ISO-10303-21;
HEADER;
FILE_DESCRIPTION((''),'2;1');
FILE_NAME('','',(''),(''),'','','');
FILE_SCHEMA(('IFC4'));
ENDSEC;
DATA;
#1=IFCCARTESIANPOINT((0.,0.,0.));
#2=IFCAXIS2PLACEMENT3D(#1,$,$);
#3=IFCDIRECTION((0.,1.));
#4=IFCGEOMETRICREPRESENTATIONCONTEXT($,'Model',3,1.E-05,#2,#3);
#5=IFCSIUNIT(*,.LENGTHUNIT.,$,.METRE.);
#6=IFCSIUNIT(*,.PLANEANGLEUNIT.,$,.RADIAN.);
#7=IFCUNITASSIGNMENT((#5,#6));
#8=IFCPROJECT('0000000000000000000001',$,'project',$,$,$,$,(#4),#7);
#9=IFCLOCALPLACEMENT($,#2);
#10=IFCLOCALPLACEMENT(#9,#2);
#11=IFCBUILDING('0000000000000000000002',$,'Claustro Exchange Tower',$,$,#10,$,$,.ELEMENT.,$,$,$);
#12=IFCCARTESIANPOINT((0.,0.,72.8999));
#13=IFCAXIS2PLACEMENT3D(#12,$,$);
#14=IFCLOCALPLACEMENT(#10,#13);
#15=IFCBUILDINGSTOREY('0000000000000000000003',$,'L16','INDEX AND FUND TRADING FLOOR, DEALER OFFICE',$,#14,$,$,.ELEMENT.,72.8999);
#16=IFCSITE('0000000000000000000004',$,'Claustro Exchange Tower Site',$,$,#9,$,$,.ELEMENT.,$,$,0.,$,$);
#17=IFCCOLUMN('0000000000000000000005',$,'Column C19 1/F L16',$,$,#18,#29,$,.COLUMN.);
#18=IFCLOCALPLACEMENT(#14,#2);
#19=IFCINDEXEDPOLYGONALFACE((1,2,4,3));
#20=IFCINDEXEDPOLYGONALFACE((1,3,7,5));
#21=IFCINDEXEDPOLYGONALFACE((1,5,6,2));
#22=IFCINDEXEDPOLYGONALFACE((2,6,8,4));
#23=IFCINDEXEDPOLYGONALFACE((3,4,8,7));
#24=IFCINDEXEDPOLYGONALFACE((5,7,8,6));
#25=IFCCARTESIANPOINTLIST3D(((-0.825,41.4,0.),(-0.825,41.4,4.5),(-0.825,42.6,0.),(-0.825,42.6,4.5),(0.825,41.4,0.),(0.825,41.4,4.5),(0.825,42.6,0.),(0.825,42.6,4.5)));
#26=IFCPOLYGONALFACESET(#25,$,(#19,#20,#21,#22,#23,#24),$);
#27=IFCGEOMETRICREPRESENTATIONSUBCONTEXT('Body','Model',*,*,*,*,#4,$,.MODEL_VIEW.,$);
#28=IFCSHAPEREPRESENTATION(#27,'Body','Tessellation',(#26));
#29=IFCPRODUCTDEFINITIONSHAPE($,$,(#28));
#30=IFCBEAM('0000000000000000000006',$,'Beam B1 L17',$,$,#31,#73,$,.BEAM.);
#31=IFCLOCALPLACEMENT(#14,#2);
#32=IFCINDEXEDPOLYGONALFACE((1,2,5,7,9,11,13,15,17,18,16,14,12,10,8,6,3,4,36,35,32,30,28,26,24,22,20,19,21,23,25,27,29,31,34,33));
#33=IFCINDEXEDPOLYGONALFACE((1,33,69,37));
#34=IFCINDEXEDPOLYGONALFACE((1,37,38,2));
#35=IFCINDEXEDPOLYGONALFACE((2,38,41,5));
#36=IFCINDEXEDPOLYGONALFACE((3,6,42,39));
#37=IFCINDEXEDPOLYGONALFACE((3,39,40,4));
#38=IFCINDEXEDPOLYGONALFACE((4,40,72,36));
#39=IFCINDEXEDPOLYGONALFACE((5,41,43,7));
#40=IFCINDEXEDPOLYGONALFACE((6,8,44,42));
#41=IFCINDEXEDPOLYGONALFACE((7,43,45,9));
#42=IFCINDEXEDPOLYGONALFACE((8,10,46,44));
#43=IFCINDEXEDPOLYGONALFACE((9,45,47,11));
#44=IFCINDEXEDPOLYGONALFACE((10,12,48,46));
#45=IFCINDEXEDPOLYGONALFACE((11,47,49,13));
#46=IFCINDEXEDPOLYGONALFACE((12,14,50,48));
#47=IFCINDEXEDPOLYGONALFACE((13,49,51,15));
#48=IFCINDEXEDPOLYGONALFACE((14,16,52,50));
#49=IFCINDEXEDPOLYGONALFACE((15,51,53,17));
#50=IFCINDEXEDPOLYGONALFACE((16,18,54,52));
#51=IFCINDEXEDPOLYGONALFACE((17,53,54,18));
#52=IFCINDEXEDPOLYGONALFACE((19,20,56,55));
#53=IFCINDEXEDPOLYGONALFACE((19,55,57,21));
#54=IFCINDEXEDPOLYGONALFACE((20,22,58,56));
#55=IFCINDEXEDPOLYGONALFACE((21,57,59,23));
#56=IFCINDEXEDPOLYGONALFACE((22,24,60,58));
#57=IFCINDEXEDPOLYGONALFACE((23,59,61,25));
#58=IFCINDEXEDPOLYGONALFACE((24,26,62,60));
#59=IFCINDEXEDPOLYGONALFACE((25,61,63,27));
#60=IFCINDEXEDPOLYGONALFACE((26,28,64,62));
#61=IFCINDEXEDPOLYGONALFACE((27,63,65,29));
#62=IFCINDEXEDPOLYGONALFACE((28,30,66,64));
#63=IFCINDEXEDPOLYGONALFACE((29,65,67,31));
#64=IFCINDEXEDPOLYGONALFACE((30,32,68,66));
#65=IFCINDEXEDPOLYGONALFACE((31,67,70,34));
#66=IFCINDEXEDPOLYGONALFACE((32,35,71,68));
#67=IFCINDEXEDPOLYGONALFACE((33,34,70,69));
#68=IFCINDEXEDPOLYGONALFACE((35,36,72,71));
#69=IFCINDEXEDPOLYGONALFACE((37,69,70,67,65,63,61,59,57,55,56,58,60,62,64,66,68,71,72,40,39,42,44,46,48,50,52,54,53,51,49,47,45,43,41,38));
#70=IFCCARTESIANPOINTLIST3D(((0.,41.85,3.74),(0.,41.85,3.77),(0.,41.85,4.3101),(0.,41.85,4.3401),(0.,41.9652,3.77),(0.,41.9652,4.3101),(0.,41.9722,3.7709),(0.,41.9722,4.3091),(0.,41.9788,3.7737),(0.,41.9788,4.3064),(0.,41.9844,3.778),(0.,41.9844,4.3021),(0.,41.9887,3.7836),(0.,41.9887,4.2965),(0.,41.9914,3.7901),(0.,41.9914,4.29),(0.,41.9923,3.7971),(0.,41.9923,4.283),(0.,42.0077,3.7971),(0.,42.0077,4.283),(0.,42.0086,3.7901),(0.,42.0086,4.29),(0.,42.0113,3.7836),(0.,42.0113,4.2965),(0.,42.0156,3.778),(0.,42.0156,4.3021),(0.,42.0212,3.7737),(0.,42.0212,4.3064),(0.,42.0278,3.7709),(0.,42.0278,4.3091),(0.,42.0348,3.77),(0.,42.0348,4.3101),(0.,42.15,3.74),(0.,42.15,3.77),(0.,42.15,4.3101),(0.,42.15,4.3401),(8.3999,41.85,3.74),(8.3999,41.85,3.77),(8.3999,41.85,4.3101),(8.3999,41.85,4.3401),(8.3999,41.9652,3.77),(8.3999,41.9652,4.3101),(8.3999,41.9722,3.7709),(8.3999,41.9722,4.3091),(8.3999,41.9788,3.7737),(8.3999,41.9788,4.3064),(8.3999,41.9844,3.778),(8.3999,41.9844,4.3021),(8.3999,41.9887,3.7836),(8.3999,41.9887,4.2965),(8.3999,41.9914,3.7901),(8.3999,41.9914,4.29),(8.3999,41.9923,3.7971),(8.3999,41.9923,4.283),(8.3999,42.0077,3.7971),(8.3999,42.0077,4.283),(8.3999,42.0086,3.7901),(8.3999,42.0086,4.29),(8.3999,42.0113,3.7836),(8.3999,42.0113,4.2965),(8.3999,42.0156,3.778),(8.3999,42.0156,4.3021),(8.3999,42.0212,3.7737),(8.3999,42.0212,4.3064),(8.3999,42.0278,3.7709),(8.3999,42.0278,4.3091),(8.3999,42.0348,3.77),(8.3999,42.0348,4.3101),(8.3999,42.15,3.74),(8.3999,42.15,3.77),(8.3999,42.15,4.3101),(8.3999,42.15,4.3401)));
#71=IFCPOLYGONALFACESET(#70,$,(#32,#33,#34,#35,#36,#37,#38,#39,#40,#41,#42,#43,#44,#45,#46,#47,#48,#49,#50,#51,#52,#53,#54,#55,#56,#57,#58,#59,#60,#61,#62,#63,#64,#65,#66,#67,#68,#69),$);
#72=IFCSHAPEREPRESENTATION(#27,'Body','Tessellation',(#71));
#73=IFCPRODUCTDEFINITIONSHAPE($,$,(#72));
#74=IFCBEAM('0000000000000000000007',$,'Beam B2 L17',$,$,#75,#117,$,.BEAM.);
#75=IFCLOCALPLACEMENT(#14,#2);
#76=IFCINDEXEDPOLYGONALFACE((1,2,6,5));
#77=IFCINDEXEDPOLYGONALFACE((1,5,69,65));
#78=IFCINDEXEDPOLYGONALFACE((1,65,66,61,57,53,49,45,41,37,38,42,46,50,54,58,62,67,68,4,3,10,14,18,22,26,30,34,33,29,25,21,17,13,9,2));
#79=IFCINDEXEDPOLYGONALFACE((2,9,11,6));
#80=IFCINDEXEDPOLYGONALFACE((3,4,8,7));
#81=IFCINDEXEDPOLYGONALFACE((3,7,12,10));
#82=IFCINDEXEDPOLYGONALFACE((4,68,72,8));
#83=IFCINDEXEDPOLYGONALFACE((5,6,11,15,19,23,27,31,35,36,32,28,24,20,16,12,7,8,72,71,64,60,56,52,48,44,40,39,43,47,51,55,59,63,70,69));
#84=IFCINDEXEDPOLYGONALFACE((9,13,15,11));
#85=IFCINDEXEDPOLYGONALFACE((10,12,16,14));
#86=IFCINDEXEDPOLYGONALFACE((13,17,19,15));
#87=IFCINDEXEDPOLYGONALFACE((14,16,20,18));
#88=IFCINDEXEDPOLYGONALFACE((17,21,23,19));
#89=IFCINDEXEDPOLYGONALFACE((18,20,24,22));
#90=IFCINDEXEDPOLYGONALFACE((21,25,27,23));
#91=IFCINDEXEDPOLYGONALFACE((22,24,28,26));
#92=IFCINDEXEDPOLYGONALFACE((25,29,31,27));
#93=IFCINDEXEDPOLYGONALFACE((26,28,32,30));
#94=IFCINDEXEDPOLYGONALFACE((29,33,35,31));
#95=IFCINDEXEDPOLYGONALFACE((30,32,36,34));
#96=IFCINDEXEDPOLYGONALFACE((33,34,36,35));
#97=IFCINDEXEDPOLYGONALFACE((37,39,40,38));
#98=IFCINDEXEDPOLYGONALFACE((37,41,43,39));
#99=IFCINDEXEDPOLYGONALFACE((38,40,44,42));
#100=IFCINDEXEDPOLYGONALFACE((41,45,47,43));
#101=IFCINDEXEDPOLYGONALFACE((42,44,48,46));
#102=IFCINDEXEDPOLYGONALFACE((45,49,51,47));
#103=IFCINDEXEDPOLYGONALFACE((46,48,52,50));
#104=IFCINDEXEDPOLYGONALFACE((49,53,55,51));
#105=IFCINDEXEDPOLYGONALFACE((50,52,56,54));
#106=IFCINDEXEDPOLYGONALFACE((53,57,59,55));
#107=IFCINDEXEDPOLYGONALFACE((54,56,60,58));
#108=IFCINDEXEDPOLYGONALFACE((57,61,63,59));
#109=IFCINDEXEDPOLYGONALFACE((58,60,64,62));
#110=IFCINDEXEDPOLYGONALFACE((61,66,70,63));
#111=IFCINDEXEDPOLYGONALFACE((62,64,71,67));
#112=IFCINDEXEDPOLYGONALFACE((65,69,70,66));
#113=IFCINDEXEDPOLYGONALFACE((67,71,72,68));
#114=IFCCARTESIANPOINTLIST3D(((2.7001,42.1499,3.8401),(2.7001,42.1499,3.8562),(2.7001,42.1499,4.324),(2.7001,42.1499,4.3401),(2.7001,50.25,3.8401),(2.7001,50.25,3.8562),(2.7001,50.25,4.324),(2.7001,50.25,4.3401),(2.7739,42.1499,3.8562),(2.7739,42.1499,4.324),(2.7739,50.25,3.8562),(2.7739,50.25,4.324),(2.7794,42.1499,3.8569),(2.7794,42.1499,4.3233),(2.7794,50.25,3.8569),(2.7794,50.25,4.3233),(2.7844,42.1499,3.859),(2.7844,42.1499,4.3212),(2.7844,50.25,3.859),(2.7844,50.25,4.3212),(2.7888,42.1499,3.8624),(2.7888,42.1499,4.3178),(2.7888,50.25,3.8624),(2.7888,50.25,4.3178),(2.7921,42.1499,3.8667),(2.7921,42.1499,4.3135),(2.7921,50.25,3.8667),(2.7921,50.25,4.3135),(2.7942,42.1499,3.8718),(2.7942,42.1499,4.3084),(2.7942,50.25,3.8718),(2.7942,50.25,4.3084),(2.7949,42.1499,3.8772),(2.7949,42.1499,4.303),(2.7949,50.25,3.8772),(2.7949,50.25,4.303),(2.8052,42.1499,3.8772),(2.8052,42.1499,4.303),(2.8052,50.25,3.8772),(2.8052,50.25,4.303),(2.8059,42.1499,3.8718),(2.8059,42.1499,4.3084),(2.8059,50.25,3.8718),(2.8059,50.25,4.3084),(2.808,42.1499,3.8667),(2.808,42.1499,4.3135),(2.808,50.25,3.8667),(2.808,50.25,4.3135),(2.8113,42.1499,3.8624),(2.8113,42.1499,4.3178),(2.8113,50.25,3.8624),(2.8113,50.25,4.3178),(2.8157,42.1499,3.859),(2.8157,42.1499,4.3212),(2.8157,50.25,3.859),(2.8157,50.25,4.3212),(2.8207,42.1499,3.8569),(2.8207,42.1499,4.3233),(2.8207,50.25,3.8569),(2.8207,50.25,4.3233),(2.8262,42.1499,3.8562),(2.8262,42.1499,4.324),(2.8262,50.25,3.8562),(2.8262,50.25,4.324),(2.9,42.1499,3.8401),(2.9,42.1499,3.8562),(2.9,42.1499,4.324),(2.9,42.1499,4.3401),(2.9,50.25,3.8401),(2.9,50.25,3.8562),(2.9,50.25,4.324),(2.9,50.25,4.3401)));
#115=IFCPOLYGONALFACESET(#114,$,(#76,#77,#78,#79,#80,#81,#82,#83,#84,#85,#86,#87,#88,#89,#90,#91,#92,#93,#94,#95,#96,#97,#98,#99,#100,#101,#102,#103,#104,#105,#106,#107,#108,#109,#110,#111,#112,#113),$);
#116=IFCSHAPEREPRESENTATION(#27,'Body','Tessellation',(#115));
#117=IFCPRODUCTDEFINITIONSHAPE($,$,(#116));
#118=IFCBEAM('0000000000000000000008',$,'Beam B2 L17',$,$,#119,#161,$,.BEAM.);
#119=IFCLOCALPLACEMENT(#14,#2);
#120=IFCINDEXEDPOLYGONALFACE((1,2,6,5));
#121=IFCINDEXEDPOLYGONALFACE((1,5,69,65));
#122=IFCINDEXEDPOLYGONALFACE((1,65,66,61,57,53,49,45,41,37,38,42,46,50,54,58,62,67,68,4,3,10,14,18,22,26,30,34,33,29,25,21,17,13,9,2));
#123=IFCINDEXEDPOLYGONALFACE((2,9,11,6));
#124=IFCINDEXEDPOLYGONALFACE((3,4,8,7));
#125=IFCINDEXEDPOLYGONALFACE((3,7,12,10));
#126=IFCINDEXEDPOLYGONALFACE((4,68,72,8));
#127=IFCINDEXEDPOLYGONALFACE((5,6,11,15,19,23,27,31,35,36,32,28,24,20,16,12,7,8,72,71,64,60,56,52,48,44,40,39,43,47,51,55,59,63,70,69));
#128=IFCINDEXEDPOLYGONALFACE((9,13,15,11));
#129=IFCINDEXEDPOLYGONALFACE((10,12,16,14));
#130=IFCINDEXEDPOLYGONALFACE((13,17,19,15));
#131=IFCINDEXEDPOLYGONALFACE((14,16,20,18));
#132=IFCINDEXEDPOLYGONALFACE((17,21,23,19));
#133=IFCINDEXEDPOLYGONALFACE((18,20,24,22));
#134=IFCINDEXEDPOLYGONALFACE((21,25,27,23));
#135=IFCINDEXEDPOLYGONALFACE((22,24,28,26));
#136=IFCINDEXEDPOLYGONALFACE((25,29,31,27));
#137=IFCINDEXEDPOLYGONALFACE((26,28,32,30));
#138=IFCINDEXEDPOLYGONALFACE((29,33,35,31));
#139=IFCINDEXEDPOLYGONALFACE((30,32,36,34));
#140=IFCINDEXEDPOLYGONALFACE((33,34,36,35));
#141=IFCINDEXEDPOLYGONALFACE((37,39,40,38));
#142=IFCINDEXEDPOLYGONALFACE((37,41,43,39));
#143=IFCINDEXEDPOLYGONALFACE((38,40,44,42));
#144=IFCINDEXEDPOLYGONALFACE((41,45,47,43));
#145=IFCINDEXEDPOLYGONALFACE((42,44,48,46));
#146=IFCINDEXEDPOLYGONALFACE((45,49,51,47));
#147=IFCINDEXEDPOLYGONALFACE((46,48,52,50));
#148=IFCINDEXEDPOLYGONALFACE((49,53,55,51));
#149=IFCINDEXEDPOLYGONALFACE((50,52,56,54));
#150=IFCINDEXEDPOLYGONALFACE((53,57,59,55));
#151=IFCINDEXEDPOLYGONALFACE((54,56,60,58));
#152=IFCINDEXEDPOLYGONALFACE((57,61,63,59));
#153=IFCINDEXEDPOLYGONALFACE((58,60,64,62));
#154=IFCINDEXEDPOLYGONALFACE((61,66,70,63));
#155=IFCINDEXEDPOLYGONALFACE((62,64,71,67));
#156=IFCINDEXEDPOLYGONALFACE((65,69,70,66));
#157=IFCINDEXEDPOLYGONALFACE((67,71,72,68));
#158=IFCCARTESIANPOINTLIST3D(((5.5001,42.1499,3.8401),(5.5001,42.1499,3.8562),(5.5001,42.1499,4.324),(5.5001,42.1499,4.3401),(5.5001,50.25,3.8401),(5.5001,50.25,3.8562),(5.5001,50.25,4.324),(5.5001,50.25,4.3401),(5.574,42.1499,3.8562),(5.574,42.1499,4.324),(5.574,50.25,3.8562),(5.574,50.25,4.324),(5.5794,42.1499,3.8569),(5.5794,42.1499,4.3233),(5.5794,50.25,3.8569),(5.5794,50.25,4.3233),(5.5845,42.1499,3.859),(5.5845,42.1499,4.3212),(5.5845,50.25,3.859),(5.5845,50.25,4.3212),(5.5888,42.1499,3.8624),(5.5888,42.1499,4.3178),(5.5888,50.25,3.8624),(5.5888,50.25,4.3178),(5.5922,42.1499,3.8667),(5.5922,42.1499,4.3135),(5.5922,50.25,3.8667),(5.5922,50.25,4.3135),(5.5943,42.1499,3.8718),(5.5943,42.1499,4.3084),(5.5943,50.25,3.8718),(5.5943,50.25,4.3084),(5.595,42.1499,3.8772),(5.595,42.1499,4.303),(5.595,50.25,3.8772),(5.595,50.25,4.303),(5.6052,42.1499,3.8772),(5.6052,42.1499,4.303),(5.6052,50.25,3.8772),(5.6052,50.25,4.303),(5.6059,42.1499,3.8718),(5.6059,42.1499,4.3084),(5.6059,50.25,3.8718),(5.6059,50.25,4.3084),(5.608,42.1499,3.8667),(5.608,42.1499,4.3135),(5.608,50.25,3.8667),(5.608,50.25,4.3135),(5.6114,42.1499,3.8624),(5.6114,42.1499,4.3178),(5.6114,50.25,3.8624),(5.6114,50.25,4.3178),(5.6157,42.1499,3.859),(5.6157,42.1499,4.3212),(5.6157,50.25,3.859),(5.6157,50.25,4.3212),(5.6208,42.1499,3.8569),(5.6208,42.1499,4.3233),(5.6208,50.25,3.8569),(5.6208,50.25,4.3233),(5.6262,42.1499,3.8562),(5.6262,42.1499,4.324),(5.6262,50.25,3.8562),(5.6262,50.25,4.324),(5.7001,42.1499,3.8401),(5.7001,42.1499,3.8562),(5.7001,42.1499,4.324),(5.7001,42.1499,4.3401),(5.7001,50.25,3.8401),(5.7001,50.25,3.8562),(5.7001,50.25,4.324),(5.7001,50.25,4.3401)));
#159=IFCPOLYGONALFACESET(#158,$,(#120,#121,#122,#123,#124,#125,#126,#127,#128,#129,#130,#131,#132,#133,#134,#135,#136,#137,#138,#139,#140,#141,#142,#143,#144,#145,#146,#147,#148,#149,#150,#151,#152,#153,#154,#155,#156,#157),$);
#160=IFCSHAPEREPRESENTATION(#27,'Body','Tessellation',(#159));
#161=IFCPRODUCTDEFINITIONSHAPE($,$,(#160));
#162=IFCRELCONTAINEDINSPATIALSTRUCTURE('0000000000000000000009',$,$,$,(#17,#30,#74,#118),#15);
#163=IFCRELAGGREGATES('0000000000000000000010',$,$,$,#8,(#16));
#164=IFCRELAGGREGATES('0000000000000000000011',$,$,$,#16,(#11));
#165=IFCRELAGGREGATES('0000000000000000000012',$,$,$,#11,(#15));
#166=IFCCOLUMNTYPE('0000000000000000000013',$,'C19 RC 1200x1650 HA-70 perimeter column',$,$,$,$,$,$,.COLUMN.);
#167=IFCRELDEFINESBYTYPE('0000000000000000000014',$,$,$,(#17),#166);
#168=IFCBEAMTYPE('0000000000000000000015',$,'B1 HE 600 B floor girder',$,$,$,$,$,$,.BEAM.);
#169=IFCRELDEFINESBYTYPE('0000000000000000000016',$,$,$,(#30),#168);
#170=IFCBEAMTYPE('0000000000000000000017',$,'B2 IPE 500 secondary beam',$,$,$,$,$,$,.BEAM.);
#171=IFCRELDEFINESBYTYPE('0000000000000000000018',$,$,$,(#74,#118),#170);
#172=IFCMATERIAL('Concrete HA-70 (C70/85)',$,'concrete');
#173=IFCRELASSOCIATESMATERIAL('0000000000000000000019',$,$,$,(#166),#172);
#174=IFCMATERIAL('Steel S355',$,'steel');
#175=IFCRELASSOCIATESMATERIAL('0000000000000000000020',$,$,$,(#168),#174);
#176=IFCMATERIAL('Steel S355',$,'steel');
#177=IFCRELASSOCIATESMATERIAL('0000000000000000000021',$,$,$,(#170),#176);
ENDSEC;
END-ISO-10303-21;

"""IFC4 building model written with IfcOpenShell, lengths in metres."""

from ifc_helpers import new_model, si_unit, direction, frame, origin, origin_2d, place, context, subcontext, project, spatial, rectangle, i_section, extrude, material, material_profile, profile_set, type_object, element, save


model = new_model("IFC4")

# Units and contexts
model_context = context("Model", 3, precision=1e-05, world=origin(), true_north=direction((0.0, 1.0)))
body_context = subcontext(model_context, "Body", "Model", "MODEL_VIEW")
ifc_project = project(units=[si_unit("LENGTHUNIT", "METRE"), si_unit("PLANEANGLEUNIT", "RADIAN")], contexts=[model_context])

# Site, building, storey
site_placement = place(None, origin())
site = spatial("IfcSite", under=ifc_project, at=site_placement, Name="Claustro Exchange Tower Site", CompositionType="ELEMENT", RefElevation=0.0)
building_placement = place(site_placement, origin())
building = spatial("IfcBuilding", under=site, at=building_placement, Name="Claustro Exchange Tower", CompositionType="ELEMENT")
storey_placement = place(building_placement, frame((0.0, 0.0, 72.8999)))
storey = spatial("IfcBuildingStorey", under=building, at=storey_placement, Name="L16", Description="INDEX AND FUND TRADING FLOOR, DEALER OFFICE", CompositionType="ELEMENT", Elevation=72.8999)

# Column
ifc_material_1 = material(Name="Concrete HA-70 (C70/85)", Category="concrete")
ifc_material_profile_1 = material_profile(ifc_material_1, rectangle(XDim=1.2, YDim=1.6499, at=origin_2d()), Name="RC 1200x1650")
ifc_profile_set_1 = profile_set([ifc_material_profile_1], Name="Concrete HA-70 (C70/85)")
column_type = type_object("IfcColumnType", Name="C19 RC 1200x1650 HA-70 perimeter column", PredefinedType="COLUMN", material=ifc_profile_set_1)
column_placement = place(storey_placement, frame((0.0, 42.0, 0.0), z_axis=(0.0, 0.0, 1.0), x_axis=(0.0, 1.0, 0.0)))
element("IfcColumn", 1, at=column_placement, inside=storey, type_object=column_type, Name="Column C19 1/F L16", PredefinedType="COLUMN", context=body_context, shape_type="SweptSolid", body=[
    extrude(rectangle(XDim=1.2, YDim=1.6499, at=origin_2d()), origin(), (0.0, 0.0, 1.0), 4.5),
])

# Beams
ifc_material_2 = material(Name="Steel S355", Category="steel")
ifc_material_profile_2 = material_profile(ifc_material_2, i_section(OverallWidth=0.3, OverallDepth=0.6001, WebThickness=0.0154, FlangeThickness=0.03, FilletRadius=0.0271, at=origin_2d()), Name="HE 600 B")
ifc_profile_set_2 = profile_set([ifc_material_profile_2], Name="Steel S355")
beam_type_1 = type_object("IfcBeamType", Name="B1 HE 600 B floor girder", PredefinedType="BEAM", material=ifc_profile_set_2)
beam_1_placement = place(storey_placement, frame((0.0, 42.0, 4.04), z_axis=(1.0, 0.0, 0.0), x_axis=(0.0, 1.0, 0.0)))
element("IfcBeam", 2, at=beam_1_placement, inside=storey, type_object=beam_type_1, Name="Beam B1 L17", PredefinedType="BEAM", context=body_context, shape_type="SweptSolid", body=[
    extrude(i_section(OverallWidth=0.3, OverallDepth=0.6001, WebThickness=0.0154, FlangeThickness=0.03, FilletRadius=0.0271, at=origin_2d()), origin(), (0.0, 0.0, 1.0), 8.3999),
])
ifc_material_3 = material(Name="Steel S355", Category="steel")
ifc_material_profile_3 = material_profile(ifc_material_3, i_section(OverallWidth=0.2, OverallDepth=0.5, WebThickness=0.0103, FlangeThickness=0.0161, FilletRadius=0.021, at=origin_2d()), Name="IPE 500")
ifc_profile_set_3 = profile_set([ifc_material_profile_3], Name="Steel S355")
beam_type_2 = type_object("IfcBeamType", Name="B2 IPE 500 secondary beam", PredefinedType="BEAM", material=ifc_profile_set_3)
for number, where, z_axis, x_axis, name in (
    (3, (2.8, 42.1499, 4.0901), (0.0, 1.0, 0.0), (-1.0, 0.0, 0.0), "Beam B2 L17"),
    (4, (5.6001, 42.1499, 4.0901), (0.0, 1.0, 0.0), (-1.0, 0.0, 0.0), "Beam B2 L17"),
):
    element("IfcBeam", number, at=place(storey_placement, frame(where, z_axis=z_axis, x_axis=x_axis)), inside=storey, type_object=beam_type_2, Name=name, PredefinedType="BEAM", context=body_context, shape_type="SweptSolid", body=[
        extrude(i_section(OverallWidth=0.2, OverallDepth=0.5, WebThickness=0.0103, FlangeThickness=0.0161, FilletRadius=0.021, at=origin_2d()), origin(), (0.0, 0.0, 1.0), 8.1001),
    ])

save(model, "model.ifc")
